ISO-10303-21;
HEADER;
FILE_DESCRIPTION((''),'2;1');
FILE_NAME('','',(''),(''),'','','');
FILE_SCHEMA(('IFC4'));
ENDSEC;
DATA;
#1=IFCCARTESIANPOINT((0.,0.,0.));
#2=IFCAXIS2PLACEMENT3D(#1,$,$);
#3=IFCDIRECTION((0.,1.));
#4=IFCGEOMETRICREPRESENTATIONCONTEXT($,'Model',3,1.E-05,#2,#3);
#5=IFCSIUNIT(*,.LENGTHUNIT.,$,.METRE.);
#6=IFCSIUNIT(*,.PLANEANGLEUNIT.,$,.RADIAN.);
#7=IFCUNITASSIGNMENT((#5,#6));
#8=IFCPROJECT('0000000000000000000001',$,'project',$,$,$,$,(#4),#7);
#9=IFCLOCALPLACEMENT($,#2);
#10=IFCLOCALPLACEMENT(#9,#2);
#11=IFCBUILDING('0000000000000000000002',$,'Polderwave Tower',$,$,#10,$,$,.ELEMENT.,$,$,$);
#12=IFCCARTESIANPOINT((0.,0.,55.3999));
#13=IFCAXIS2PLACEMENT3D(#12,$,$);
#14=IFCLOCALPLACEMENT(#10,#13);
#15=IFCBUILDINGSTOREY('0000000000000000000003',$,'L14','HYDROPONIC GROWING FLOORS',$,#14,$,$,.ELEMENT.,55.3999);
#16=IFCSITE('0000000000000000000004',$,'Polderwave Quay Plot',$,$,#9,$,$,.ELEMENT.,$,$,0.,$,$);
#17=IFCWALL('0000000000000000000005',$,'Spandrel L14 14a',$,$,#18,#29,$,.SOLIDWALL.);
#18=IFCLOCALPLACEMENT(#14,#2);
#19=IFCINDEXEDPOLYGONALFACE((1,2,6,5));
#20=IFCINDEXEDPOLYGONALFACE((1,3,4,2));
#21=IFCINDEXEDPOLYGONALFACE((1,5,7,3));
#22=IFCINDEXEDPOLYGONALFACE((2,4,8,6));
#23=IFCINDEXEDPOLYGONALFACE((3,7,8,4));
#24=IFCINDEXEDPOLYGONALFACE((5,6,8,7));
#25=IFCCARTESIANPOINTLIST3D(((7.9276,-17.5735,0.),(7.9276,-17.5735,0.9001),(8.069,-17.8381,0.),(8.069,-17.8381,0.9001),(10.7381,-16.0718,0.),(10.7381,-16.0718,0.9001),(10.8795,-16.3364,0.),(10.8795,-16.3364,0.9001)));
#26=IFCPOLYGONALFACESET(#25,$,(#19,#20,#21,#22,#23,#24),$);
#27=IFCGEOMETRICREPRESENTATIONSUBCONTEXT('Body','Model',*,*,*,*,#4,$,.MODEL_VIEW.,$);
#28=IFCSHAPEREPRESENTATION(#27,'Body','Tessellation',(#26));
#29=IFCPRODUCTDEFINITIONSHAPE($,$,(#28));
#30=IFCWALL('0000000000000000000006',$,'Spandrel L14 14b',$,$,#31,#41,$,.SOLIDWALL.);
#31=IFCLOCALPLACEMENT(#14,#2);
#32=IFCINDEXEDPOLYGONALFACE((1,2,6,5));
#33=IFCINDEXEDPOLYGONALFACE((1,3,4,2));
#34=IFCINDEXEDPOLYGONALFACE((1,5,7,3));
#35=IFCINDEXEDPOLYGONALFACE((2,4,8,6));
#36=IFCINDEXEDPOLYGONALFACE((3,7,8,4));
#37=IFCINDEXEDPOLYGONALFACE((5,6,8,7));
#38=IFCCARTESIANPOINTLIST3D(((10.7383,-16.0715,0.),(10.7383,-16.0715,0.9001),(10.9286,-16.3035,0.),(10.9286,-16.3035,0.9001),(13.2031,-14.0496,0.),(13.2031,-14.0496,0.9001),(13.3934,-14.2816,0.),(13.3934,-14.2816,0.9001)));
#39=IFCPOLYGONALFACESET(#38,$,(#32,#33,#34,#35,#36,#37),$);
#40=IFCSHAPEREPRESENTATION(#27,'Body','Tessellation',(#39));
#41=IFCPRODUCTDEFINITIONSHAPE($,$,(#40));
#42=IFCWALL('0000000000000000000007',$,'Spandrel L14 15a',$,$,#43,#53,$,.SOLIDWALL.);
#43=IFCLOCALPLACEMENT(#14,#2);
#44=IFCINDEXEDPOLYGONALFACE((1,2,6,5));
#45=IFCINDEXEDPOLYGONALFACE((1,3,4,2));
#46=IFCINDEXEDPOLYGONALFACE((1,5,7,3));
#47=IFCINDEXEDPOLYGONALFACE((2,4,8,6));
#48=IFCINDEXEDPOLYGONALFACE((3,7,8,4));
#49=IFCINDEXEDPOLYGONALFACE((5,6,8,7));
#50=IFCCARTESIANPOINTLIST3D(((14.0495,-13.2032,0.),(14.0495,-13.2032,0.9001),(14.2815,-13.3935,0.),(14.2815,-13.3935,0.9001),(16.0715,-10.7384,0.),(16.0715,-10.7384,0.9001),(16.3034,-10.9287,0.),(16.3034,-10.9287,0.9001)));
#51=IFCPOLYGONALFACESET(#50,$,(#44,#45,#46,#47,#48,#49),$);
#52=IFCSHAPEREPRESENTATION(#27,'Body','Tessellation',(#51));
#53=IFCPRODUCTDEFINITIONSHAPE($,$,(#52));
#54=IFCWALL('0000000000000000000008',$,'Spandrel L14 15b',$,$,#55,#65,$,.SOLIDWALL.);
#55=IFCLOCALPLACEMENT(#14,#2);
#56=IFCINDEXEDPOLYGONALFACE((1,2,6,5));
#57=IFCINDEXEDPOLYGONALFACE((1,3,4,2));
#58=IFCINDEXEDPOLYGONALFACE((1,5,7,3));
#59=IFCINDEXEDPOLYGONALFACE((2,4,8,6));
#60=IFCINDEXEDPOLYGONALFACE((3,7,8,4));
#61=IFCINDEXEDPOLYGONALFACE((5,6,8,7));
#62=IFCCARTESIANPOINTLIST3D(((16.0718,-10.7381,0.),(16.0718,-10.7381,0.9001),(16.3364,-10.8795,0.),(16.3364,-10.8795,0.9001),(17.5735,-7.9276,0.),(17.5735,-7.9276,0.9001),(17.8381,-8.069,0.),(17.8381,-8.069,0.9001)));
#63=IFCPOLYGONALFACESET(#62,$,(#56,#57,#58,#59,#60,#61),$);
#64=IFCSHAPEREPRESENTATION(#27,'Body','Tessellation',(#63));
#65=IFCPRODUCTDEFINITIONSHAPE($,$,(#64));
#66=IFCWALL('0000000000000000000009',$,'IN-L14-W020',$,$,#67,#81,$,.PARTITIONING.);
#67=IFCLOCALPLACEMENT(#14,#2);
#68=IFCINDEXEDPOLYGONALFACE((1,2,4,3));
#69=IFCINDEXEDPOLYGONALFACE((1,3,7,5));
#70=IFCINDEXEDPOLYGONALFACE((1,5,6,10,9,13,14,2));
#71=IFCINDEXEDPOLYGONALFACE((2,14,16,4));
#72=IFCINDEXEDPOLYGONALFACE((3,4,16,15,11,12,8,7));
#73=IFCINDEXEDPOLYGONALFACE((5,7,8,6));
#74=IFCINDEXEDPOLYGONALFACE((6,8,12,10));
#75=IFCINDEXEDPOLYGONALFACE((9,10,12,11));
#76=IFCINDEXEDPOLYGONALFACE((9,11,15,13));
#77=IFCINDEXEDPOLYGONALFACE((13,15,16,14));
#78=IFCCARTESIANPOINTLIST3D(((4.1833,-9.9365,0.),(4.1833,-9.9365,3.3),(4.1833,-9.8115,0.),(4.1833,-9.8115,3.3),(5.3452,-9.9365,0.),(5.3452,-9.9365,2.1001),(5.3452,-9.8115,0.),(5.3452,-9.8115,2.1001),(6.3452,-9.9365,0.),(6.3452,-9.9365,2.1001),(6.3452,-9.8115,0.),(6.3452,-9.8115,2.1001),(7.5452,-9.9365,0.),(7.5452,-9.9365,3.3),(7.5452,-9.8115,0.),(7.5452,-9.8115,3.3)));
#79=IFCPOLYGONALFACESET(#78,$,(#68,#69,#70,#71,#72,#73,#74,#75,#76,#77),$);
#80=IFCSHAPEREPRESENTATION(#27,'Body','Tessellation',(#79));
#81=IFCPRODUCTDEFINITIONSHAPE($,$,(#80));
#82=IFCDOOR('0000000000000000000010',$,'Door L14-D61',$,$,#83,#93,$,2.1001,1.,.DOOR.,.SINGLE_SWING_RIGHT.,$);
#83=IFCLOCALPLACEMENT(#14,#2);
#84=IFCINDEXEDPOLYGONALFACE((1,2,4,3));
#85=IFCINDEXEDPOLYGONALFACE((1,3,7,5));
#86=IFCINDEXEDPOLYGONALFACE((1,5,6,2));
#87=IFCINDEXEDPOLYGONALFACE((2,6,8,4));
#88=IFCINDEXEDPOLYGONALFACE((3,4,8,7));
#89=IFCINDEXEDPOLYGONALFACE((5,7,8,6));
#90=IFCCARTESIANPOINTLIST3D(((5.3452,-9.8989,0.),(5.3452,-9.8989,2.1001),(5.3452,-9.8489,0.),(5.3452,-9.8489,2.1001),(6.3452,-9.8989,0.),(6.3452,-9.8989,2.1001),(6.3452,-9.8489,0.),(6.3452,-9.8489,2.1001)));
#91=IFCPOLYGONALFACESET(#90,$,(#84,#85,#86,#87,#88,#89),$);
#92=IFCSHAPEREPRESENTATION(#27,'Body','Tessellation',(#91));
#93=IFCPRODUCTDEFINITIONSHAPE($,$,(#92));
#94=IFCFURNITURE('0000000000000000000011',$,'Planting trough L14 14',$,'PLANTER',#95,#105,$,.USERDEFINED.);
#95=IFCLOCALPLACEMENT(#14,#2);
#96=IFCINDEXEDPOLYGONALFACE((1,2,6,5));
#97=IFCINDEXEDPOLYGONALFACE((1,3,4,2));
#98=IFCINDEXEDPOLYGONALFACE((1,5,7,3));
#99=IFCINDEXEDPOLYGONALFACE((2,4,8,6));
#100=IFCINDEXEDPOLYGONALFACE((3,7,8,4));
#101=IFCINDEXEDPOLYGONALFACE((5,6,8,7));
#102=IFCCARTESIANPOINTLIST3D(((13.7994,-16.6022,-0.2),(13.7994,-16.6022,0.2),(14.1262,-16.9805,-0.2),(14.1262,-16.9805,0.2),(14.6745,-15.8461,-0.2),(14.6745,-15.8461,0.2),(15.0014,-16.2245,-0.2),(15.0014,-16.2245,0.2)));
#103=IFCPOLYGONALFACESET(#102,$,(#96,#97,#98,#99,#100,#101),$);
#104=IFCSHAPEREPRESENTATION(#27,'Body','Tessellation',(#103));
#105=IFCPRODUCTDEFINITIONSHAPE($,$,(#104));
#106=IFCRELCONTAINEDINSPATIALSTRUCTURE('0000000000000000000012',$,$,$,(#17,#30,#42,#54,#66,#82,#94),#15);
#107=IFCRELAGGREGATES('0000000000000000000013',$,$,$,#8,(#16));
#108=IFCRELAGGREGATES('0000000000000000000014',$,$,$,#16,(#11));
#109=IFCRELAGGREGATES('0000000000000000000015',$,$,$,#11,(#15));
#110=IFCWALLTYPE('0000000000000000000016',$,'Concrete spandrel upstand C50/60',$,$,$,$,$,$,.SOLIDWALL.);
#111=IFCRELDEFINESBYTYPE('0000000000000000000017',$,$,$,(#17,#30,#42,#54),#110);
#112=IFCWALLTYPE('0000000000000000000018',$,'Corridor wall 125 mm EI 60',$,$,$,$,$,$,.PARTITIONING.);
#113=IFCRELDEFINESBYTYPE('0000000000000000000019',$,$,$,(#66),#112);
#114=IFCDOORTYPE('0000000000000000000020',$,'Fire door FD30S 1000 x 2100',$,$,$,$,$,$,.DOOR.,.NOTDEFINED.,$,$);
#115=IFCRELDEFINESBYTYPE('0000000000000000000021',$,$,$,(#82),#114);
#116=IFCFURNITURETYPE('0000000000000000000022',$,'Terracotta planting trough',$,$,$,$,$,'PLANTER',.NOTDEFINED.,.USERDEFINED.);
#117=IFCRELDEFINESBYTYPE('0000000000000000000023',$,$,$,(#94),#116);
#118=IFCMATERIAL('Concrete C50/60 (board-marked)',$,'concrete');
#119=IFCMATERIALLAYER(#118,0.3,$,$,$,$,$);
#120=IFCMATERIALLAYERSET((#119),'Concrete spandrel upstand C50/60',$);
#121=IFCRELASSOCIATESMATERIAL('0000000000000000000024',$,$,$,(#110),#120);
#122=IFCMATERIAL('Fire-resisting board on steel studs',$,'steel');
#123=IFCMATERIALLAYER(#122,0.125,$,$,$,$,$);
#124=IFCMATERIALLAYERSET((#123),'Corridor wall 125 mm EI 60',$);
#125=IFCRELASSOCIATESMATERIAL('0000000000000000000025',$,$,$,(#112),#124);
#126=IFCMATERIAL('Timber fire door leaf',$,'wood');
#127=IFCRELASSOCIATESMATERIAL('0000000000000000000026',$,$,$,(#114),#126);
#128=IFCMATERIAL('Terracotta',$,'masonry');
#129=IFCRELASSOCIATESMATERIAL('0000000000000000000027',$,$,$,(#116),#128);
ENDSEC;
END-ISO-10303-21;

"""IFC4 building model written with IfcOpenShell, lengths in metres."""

from ifc_helpers import new_model, si_unit, direction, frame, frame_2d, origin, origin_2d, place, context, subcontext, project, spatial, rectangle, extrude, material, layer, layer_set, type_object, element, fill, save


model = new_model("IFC4")

# Units and contexts
model_context = context("Model", 3, precision=1e-05, world=origin(), true_north=direction((0.0, 1.0)))
body_context = subcontext(model_context, "Body", "Model", "MODEL_VIEW")
ifc_project = project(units=[si_unit("LENGTHUNIT", "METRE"), si_unit("PLANEANGLEUNIT", "RADIAN")], contexts=[model_context])

# Site, building, storey
site_placement = place(None, origin())
site = spatial("IfcSite", under=ifc_project, at=site_placement, Name="Polderwave Quay Plot", CompositionType="ELEMENT", RefElevation=0.0)
building_placement = place(site_placement, origin())
building = spatial("IfcBuilding", under=site, at=building_placement, Name="Polderwave Tower", CompositionType="ELEMENT")
storey_placement = place(building_placement, frame((0.0, 0.0, 55.3999)))
storey = spatial("IfcBuildingStorey", under=building, at=storey_placement, Name="L14", Description="HYDROPONIC GROWING FLOORS", CompositionType="ELEMENT", Elevation=55.3999)

# Walls
ifc_material_1 = material(Name="Concrete C50/60 (board-marked)", Category="concrete")
ifc_layer_1 = layer(ifc_material_1, 0.3)
ifc_layer_set_1 = layer_set([ifc_layer_1], Name="Concrete spandrel upstand C50/60")
wall_type_1 = type_object("IfcWallType", Name="Concrete spandrel upstand C50/60", PredefinedType="SOLIDWALL", material=ifc_layer_set_1)
wall_1_placement = place(storey_placement, frame((7.9983, -17.7058, 0.0), z_axis=(0.0, 0.0, 1.0), x_axis=(0.881994, 0.47126, 0.0)))
element("IfcWall", 1, at=wall_1_placement, inside=storey, type_object=wall_type_1, Name="Spandrel L14 14a", PredefinedType="SOLIDWALL", context=body_context, shape_type="SweptSolid", body=[
    extrude(rectangle(XDim=3.1865, YDim=0.3, at=frame_2d((1.5933, 0.0))), origin(), (0.0, 0.0, 1.0), 0.9001),
])
for number, where, z_axis, x_axis, name in (
    (2, (10.8335, -16.1875, 0.0), (0.0, 0.0, 1.0), (0.773145, 0.63423, 0.0), "Spandrel L14 14b"),
    (3, (14.1655, -13.2983, 0.0), (0.0, 0.0, 1.0), (0.63423, 0.773145, 0.0), "Spandrel L14 15a"),
):
    element("IfcWall", number, at=place(storey_placement, frame(where, z_axis=z_axis, x_axis=x_axis)), inside=storey, type_object=wall_type_1, Name=name, PredefinedType="SOLIDWALL", context=body_context, shape_type="SweptSolid", body=[
        extrude(rectangle(XDim=3.188, YDim=0.3, at=frame_2d((1.594, 0.0))), origin(), (0.0, 0.0, 1.0), 0.9001),
    ])
wall_2_placement = place(storey_placement, frame((16.2041, -10.8088, 0.0), z_axis=(0.0, 0.0, 1.0), x_axis=(0.47126, 0.881994, 0.0)))
element("IfcWall", 4, at=wall_2_placement, inside=storey, type_object=wall_type_1, Name="Spandrel L14 15b", PredefinedType="SOLIDWALL", context=body_context, shape_type="SweptSolid", body=[
    extrude(rectangle(XDim=3.1865, YDim=0.3, at=frame_2d((1.5933, 0.0))), origin(), (0.0, 0.0, 1.0), 0.9001),
])

# Wall, opening, door
ifc_material_2 = material(Name="Fire-resisting board on steel studs", Category="steel")
ifc_layer_2 = layer(ifc_material_2, 0.125)
ifc_layer_set_2 = layer_set([ifc_layer_2], Name="Corridor wall 125 mm EI 60")
wall_type_2 = type_object("IfcWallType", Name="Corridor wall 125 mm EI 60", PredefinedType="PARTITIONING", material=ifc_layer_set_2)
wall_3_placement = place(storey_placement, frame((7.5452, -9.874, 0.0), z_axis=(0.0, 0.0, 1.0), x_axis=(-1.0, 0.0, 0.0)))
wall_3 = element("IfcWall", 5, at=wall_3_placement, inside=storey, type_object=wall_type_2, Name="IN-L14-W020", PredefinedType="PARTITIONING", context=body_context, shape_type="SweptSolid", body=[
    extrude(rectangle(XDim=3.3618, YDim=0.125, at=frame_2d((1.6809, 0.0))), origin(), (0.0, 0.0, 1.0), 3.3),
])
opening_placement = place(wall_3_placement, frame((1.2, 0.0, 0.0)))
opening = element("IfcOpeningElement", 6, at=opening_placement, cuts=wall_3, PredefinedType="OPENING", context=body_context, shape_type="SweptSolid", body=[
    extrude(rectangle(XDim=1.0, YDim=2.1001, at=frame_2d((0.5, 1.05))), frame((0.0, 0.0725, 0.0), z_axis=(0.0, -1.0, 0.0), x_axis=(1.0, 0.0, 0.0)), (0.0, 0.0, 1.0), 0.145),
])
ifc_material_3 = material(Name="Timber fire door leaf", Category="wood")
door_type = type_object("IfcDoorType", Name="Fire door FD30S 1000 x 2100", OperationType="NOTDEFINED", PredefinedType="DOOR", material=ifc_material_3)
door_placement = place(opening_placement, origin())
door = element("IfcDoor", 7, at=door_placement, inside=storey, type_object=door_type, Name="Door L14-D61", OperationType="SINGLE_SWING_RIGHT", OverallHeight=2.1001, OverallWidth=1.0, PredefinedType="DOOR", context=body_context, shape_type="SweptSolid", body=[
    extrude(rectangle(XDim=1.0, YDim=2.1001, at=frame_2d((0.5, 1.05))), frame((0.0, 0.0249, 0.0), z_axis=(0.0, -1.0, 0.0), x_axis=(1.0, 0.0, 0.0)), (0.0, 0.0, 1.0), 0.05),
])
fill(opening, door)

# Furniture
ifc_material_4 = material(Name="Terracotta", Category="masonry")
furniture_type = type_object("IfcFurnitureType", Name="Terracotta planting trough", ElementType="PLANTER", AssemblyPlace="NOTDEFINED", PredefinedType="USERDEFINED", material=ifc_material_4)
furniture_placement = place(storey_placement, frame((14.4004, -16.4133, -0.2), z_axis=(0.0, 0.0, 1.0), x_axis=(0.756728, 0.65373, 0.0)))
element("IfcFurniture", 8, at=furniture_placement, inside=storey, type_object=furniture_type, Name="Planting trough L14 14", ObjectType="PLANTER", PredefinedType="USERDEFINED", context=body_context, shape_type="SweptSolid", body=[
    extrude(rectangle(XDim=1.1565, YDim=0.5, at=origin_2d()), origin(), (0.0, 0.0, 1.0), 0.3999),
])

save(model, "model.ifc")
